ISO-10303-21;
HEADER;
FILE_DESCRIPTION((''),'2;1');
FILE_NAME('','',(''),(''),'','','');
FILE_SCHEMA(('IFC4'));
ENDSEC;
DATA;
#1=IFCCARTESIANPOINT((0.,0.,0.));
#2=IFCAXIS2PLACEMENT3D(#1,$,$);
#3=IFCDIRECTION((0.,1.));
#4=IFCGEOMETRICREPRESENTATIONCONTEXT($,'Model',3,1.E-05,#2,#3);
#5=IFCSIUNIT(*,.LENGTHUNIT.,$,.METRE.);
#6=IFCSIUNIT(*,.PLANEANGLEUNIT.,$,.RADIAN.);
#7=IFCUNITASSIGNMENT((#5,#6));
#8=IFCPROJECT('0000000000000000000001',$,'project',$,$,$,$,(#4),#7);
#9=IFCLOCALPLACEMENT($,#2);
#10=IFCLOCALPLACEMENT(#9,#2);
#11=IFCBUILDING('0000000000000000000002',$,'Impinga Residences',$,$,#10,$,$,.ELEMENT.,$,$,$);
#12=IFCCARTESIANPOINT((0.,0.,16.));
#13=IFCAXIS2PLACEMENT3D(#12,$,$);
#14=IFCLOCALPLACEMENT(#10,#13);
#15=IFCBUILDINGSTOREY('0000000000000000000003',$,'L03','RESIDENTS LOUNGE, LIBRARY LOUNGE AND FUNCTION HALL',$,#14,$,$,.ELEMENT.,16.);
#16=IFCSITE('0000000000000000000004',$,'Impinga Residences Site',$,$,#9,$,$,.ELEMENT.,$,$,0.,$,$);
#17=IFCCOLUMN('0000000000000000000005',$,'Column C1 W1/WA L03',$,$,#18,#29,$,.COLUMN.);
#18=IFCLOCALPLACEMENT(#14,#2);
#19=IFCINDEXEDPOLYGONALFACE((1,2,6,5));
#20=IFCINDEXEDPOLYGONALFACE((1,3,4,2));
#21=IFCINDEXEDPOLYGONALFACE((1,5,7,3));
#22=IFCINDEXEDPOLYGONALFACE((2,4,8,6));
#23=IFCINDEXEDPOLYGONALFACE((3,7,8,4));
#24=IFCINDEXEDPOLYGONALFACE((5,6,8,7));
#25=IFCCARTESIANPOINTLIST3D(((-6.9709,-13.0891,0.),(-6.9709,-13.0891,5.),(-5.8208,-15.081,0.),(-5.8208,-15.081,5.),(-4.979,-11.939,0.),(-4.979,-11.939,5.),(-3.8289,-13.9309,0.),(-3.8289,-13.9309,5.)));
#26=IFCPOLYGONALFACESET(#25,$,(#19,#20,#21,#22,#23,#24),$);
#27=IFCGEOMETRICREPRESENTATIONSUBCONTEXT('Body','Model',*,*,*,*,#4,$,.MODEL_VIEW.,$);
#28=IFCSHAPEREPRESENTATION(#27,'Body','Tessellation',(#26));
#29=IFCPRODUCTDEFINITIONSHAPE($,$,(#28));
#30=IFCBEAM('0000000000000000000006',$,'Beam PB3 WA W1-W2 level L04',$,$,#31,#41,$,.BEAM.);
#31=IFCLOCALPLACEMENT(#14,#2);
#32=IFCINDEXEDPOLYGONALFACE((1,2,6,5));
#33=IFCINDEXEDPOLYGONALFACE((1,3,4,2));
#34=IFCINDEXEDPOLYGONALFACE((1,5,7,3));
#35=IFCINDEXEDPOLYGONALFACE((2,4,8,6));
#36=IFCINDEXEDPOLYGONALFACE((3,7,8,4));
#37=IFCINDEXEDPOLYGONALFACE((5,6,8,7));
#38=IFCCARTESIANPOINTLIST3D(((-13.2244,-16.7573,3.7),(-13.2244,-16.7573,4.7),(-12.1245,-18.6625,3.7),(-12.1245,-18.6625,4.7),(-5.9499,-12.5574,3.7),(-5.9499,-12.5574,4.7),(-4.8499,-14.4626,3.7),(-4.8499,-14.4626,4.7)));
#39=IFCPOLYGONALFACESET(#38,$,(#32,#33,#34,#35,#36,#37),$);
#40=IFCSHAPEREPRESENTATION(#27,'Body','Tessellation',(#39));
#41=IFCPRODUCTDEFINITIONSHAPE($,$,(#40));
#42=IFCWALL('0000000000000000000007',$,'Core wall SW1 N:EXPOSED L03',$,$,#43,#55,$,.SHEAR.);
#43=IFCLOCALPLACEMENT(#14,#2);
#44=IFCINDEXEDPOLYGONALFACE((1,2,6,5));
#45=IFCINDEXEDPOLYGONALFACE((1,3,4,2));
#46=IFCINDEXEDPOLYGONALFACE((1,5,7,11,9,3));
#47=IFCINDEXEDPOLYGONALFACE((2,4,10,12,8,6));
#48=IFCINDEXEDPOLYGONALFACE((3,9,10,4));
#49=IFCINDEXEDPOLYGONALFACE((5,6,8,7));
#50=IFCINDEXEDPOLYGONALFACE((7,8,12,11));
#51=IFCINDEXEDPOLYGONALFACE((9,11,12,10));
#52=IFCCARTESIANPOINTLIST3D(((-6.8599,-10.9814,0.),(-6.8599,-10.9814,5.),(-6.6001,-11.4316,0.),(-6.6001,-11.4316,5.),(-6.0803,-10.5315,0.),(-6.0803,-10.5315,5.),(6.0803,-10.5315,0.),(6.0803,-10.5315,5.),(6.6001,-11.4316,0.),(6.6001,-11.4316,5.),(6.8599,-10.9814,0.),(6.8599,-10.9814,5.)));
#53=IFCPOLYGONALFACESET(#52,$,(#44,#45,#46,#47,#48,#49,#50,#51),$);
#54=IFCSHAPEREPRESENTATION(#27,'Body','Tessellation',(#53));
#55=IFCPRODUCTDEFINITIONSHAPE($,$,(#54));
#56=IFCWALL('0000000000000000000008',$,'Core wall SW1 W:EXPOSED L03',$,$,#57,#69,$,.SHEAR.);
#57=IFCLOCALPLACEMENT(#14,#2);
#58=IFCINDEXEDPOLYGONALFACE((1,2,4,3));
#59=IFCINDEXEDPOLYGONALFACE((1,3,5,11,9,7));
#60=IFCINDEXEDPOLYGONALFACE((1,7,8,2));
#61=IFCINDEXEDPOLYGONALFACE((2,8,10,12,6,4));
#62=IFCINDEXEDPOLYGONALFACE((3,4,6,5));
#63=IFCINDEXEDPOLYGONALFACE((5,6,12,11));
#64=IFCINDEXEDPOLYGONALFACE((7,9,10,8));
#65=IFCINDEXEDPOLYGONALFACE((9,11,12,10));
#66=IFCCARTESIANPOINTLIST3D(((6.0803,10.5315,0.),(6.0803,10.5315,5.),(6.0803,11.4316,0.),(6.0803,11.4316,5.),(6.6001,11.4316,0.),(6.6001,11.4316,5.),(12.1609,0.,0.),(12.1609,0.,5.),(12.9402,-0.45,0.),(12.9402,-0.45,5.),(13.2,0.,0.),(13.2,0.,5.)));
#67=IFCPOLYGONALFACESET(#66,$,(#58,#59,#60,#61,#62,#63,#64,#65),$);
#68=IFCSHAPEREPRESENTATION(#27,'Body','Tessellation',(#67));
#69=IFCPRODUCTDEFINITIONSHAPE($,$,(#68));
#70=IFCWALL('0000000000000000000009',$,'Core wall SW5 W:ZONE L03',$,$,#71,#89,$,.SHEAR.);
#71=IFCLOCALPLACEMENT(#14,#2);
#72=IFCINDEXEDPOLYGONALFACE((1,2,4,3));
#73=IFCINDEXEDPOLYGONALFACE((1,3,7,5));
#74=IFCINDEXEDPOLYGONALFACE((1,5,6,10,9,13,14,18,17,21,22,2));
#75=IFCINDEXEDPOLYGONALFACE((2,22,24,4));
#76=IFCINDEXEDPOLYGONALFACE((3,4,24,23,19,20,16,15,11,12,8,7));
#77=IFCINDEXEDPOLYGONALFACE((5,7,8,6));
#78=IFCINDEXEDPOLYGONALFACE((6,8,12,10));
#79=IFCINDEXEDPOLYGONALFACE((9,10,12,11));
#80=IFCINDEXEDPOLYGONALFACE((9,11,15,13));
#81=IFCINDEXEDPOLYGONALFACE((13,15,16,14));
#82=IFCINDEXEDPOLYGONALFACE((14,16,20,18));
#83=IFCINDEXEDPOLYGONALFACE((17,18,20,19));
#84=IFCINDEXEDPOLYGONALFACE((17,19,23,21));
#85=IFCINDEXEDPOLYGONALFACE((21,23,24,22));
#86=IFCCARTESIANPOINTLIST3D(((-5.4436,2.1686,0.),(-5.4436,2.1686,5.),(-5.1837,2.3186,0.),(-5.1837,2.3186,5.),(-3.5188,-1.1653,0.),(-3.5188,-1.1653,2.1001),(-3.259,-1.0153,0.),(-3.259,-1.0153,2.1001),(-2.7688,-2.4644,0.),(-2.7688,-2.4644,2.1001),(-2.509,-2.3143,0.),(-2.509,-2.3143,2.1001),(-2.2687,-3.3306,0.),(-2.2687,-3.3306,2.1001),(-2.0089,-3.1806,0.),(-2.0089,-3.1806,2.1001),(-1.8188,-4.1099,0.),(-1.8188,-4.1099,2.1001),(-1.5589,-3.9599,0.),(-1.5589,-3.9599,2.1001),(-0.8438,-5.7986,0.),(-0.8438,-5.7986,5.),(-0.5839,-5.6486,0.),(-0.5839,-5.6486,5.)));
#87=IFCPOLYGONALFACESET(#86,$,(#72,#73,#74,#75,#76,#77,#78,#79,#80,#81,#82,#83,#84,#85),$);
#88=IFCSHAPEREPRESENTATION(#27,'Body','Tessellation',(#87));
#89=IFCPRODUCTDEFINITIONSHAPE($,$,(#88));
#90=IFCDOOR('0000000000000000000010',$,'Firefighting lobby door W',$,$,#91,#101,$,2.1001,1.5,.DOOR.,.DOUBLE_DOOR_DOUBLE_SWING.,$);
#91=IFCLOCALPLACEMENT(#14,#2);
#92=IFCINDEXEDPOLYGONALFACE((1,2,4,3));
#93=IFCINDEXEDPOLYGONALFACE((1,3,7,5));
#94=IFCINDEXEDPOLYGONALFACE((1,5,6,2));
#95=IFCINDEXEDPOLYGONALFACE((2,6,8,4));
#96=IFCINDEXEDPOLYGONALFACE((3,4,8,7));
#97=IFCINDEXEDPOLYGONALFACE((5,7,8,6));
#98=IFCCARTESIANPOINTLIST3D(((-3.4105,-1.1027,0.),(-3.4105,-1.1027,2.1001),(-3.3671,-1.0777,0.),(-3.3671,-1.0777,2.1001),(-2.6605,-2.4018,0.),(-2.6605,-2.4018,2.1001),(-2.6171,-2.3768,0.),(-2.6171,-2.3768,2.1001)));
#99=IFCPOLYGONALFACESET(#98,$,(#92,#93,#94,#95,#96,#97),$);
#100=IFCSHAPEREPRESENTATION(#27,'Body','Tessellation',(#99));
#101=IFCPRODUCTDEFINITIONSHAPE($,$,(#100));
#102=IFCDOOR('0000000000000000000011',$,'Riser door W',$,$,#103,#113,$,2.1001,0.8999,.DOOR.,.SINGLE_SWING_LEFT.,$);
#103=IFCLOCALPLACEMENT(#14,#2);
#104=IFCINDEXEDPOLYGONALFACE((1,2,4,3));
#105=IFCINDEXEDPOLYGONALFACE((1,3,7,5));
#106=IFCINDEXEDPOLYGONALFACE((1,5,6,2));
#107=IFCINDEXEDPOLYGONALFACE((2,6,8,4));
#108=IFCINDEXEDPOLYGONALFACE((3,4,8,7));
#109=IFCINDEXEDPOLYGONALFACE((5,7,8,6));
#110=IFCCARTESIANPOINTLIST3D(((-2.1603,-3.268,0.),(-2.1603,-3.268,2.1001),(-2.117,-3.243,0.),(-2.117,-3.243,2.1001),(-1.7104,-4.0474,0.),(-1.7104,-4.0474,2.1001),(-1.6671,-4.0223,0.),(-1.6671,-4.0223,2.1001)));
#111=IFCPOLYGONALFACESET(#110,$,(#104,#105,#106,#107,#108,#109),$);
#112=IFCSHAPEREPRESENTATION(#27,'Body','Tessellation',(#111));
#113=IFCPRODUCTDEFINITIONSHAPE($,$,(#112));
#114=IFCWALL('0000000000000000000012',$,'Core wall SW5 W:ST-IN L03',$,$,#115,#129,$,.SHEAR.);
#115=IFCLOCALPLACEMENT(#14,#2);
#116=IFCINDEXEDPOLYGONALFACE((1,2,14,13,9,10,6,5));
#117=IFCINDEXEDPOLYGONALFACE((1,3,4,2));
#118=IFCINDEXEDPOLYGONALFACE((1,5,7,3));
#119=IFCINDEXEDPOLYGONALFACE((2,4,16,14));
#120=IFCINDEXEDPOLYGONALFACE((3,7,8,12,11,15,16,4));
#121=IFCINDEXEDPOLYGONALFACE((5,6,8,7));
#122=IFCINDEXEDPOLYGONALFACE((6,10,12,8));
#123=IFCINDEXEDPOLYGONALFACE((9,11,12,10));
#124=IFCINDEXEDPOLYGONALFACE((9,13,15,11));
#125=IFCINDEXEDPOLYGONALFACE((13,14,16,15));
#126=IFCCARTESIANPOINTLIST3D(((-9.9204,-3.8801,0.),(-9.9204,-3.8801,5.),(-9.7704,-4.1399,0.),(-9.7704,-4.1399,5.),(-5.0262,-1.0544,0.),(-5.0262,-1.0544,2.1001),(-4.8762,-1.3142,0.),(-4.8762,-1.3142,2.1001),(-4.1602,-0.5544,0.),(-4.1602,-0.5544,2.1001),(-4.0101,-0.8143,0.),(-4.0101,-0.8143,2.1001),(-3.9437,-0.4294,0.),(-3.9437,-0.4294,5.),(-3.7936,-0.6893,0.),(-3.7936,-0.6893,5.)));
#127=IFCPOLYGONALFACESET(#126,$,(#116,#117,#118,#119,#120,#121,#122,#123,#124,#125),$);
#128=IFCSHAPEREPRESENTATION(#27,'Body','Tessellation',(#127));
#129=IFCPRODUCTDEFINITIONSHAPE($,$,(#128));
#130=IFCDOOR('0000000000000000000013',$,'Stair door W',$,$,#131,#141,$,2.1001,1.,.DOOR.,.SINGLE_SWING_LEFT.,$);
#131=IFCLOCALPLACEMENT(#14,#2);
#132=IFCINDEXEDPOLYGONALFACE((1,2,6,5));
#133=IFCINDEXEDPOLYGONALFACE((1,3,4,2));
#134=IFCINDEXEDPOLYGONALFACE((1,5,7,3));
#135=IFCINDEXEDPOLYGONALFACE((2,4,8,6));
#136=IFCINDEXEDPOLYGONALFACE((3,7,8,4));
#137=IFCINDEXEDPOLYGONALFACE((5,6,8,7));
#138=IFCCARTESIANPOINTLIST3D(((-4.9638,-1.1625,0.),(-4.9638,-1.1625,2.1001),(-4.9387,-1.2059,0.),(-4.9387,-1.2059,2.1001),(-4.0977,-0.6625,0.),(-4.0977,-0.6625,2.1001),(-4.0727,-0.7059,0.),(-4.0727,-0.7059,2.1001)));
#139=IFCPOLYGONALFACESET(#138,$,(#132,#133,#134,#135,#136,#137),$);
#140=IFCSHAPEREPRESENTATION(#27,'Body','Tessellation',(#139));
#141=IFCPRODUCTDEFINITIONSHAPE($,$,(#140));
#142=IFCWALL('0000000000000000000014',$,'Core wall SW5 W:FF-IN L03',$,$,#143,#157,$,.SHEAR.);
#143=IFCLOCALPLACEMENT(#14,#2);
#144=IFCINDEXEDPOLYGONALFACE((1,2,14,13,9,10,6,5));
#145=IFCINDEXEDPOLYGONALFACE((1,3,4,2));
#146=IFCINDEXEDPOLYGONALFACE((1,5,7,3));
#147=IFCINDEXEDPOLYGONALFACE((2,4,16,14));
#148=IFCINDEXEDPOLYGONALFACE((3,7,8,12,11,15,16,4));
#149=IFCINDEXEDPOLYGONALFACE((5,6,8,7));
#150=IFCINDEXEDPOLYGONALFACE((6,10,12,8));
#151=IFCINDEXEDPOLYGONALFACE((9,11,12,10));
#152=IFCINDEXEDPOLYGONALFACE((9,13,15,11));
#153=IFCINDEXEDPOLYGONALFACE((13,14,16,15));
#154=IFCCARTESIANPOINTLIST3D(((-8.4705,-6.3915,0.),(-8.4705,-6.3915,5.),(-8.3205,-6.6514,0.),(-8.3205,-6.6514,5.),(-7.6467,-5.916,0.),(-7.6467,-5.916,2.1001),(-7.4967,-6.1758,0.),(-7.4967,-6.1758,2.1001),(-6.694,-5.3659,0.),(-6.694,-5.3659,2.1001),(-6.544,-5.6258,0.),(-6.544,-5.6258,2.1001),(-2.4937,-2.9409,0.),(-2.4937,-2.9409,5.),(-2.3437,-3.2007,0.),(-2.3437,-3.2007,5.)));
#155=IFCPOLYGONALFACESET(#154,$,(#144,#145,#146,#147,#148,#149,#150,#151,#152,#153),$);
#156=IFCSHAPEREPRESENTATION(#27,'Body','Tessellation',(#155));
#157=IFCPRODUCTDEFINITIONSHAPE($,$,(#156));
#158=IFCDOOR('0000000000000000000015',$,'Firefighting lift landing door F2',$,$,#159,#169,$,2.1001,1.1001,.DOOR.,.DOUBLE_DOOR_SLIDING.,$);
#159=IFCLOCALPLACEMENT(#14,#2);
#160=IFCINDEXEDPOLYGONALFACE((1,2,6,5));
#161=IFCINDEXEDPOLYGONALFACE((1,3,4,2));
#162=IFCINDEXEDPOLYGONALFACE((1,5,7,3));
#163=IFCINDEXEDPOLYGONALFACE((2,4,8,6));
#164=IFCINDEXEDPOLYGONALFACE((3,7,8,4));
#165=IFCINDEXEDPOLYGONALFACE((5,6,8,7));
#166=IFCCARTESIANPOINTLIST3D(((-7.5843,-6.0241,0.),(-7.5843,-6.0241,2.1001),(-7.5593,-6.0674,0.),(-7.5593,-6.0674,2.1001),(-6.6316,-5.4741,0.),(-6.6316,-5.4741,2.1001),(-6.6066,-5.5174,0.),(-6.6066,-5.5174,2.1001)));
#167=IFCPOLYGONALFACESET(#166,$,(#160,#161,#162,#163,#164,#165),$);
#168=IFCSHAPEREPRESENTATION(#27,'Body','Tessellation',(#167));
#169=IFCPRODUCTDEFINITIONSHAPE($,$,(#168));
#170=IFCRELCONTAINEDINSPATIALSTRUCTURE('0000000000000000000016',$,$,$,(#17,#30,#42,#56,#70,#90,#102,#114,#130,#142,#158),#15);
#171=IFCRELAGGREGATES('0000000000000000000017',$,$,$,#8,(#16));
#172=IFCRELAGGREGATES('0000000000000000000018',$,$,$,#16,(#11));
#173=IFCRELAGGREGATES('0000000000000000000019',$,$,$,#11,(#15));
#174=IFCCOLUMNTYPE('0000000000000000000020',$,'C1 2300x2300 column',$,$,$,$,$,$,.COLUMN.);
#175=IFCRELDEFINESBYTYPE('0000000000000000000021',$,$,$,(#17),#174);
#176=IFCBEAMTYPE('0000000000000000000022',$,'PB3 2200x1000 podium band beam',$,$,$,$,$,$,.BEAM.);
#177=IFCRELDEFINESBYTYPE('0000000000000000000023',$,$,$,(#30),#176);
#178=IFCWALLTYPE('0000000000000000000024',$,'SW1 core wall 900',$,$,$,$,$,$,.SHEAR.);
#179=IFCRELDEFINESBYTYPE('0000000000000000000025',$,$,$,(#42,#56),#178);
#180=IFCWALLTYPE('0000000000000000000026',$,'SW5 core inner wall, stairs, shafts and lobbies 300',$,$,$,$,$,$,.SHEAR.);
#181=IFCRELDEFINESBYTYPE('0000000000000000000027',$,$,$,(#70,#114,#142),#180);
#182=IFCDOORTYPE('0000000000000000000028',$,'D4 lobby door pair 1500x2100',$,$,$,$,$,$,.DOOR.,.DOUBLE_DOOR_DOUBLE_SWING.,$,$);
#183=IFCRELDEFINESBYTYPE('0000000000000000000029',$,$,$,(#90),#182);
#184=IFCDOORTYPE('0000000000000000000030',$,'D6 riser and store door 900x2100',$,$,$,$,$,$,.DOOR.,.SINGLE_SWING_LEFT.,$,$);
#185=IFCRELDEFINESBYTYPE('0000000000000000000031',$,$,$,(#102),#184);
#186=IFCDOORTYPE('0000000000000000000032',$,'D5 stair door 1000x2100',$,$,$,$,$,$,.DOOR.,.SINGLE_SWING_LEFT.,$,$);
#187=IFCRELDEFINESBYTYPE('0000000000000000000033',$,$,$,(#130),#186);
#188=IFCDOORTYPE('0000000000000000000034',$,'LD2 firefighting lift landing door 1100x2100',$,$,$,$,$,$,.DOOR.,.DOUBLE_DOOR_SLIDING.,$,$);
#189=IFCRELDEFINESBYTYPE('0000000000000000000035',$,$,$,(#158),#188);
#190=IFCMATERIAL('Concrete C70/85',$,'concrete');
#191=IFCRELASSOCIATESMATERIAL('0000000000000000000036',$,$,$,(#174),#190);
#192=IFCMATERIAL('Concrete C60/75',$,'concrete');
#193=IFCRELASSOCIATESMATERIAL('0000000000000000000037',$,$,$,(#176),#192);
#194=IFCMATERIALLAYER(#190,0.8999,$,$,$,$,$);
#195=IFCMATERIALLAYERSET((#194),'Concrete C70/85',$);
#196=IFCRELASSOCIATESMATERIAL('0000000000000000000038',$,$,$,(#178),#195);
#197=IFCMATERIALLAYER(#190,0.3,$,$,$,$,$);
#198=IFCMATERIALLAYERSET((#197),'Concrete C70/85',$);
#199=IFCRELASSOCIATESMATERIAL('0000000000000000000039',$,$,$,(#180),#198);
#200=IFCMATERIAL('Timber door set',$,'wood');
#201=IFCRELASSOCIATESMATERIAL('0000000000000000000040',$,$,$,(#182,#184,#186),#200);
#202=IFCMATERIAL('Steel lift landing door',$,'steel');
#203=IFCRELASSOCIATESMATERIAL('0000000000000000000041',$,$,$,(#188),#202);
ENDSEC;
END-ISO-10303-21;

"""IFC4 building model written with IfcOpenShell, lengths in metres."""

from ifc_helpers import new_model, si_unit, direction, frame, frame_2d, origin, origin_2d, place, context, subcontext, project, spatial, polyline, rectangle, outline, extrude, material, layer, layer_set, material_profile, profile_set, type_object, element, fill, save


model = new_model("IFC4")

# Units and contexts
model_context = context("Model", 3, precision=1e-05, world=origin(), true_north=direction((0.0, 1.0)))
body_context = subcontext(model_context, "Body", "Model", "MODEL_VIEW")
ifc_project = project(units=[si_unit("LENGTHUNIT", "METRE"), si_unit("PLANEANGLEUNIT", "RADIAN")], contexts=[model_context])

# Site, building, storey
site_placement = place(None, origin())
site = spatial("IfcSite", under=ifc_project, at=site_placement, Name="Impinga Residences Site", CompositionType="ELEMENT", RefElevation=0.0)
building_placement = place(site_placement, origin())
building = spatial("IfcBuilding", under=site, at=building_placement, Name="Impinga Residences", CompositionType="ELEMENT")
storey_placement = place(building_placement, frame((0.0, 0.0, 16.0)))
storey = spatial("IfcBuildingStorey", under=building, at=storey_placement, Name="L03", Description="RESIDENTS LOUNGE, LIBRARY LOUNGE AND FUNCTION HALL", CompositionType="ELEMENT", Elevation=16.0)

# Column
ifc_material_1 = material(Name="Concrete C70/85", Category="concrete")
ifc_material_profile_1 = material_profile(ifc_material_1, rectangle(XDim=2.3, YDim=2.3, at=origin_2d()), Name="RC 2300x2300")
ifc_profile_set_1 = profile_set([ifc_material_profile_1], Name="Concrete C70/85")
column_type = type_object("IfcColumnType", Name="C1 2300x2300 column", PredefinedType="COLUMN", material=ifc_profile_set_1)
column_placement = place(storey_placement, frame((-5.3999, -13.51, 0.0), z_axis=(0.0, 0.0, 1.0), x_axis=(-0.5, 0.866025, 0.0)))
element("IfcColumn", 1, at=column_placement, inside=storey, type_object=column_type, Name="Column C1 W1/WA L03", PredefinedType="COLUMN", context=body_context, shape_type="SweptSolid", body=[
    extrude(rectangle(XDim=2.3, YDim=2.3, at=origin_2d()), origin(), (0.0, 0.0, 1.0), 5.0),
])

# Beam
ifc_material_2 = material(Name="Concrete C60/75", Category="concrete")
ifc_material_profile_2 = material_profile(ifc_material_2, rectangle(XDim=2.2, YDim=1.0, at=origin_2d()), Name="RC 2200x1000")
ifc_profile_set_2 = profile_set([ifc_material_profile_2], Name="Concrete C60/75")
beam_type = type_object("IfcBeamType", Name="PB3 2200x1000 podium band beam", PredefinedType="BEAM", material=ifc_profile_set_2)
beam_placement = place(storey_placement, frame((-5.3999, -13.51, 4.2), z_axis=(-0.866029, -0.499993, 0.0), x_axis=(0.499993, -0.866029, 0.0)))
element("IfcBeam", 2, at=beam_placement, inside=storey, type_object=beam_type, Name="Beam PB3 WA W1-W2 level L04", PredefinedType="BEAM", context=body_context, shape_type="SweptSolid", body=[
    extrude(rectangle(XDim=2.2, YDim=1.0, at=origin_2d()), origin(), (0.0, 0.0, 1.0), 8.3999),
])

# Shared definitions
ifc_material_3 = material(Name="Timber door set", Category="wood")

# Walls
ifc_layer_1 = layer(ifc_material_1, 0.8999)
ifc_layer_set_1 = layer_set([ifc_layer_1], Name="Concrete C70/85")
wall_type_1 = type_object("IfcWallType", Name="SW1 core wall 900", PredefinedType="SHEAR", material=ifc_layer_set_1)
wall_1_placement = place(storey_placement, origin())
element("IfcWall", 3, at=wall_1_placement, inside=storey, type_object=wall_type_1, Name="Core wall SW1 N:EXPOSED L03", PredefinedType="SHEAR", context=body_context, shape_type="SweptSolid", body=[
    extrude(outline(polyline([(-6.6001, -11.4316), (6.6001, -11.4316), (6.8599, -10.9814), (6.0803, -10.5315), (-6.0803, -10.5315), (-6.8599, -10.9814), (-6.6001, -11.4316)])), origin(), (0.0, 0.0, 1.0), 5.0),
])
wall_2_placement = place(storey_placement, origin())
element("IfcWall", 4, at=wall_2_placement, inside=storey, type_object=wall_type_1, Name="Core wall SW1 W:EXPOSED L03", PredefinedType="SHEAR", context=body_context, shape_type="SweptSolid", body=[
    extrude(outline(polyline([(13.2, 0.0), (6.6001, 11.4316), (6.0803, 11.4316), (6.0803, 10.5315), (12.1609, 0.0), (12.9402, -0.45), (13.2, 0.0)])), origin(), (0.0, 0.0, 1.0), 5.0),
])

# Wall, openings, doors
ifc_layer_2 = layer(ifc_material_1, 0.3)
ifc_layer_set_2 = layer_set([ifc_layer_2], Name="Concrete C70/85")
wall_type_2 = type_object("IfcWallType", Name="SW5 core inner wall, stairs, shafts and lobbies 300", PredefinedType="SHEAR", material=ifc_layer_set_2)
wall_3_placement = place(storey_placement, frame((-0.7139, -5.7236, 0.0), z_axis=(0.0, 0.0, 1.0), x_axis=(-0.499995, 0.866028, 0.0)))
wall_3 = element("IfcWall", 5, at=wall_3_placement, inside=storey, type_object=wall_type_2, Name="Core wall SW5 W:ZONE L03", PredefinedType="SHEAR", context=body_context, shape_type="SweptSolid", body=[
    extrude(rectangle(XDim=9.1997, YDim=0.3, at=frame_2d((4.5999, 0.0))), origin(), (0.0, 0.0, 1.0), 5.0),
])
opening_1_placement = place(wall_3_placement, frame((3.8501, 0.0, 0.0)))
opening_1 = element("IfcOpeningElement", 6, at=opening_1_placement, cuts=wall_3, PredefinedType="OPENING", context=body_context, shape_type="SweptSolid", body=[
    extrude(rectangle(XDim=1.5, YDim=2.1001, at=frame_2d((0.75, 1.05))), frame((0.0, 0.1599, 0.0), z_axis=(0.0, -1.0, 0.0), x_axis=(1.0, 0.0, 0.0)), (0.0, 0.0, 1.0), 0.3201),
])
opening_2_placement = place(wall_3_placement, frame((1.95, 0.0, 0.0)))
opening_2 = element("IfcOpeningElement", 7, at=opening_2_placement, cuts=wall_3, PredefinedType="OPENING", context=body_context, shape_type="SweptSolid", body=[
    extrude(rectangle(XDim=0.8999, YDim=2.1001, at=frame_2d((0.45, 1.05))), frame((0.0, 0.1599, 0.0), z_axis=(0.0, -1.0, 0.0), x_axis=(1.0, 0.0, 0.0)), (0.0, 0.0, 1.0), 0.3201),
])
door_type_1 = type_object("IfcDoorType", Name="D4 lobby door pair 1500x2100", OperationType="DOUBLE_DOOR_DOUBLE_SWING", PredefinedType="DOOR", material=ifc_material_3)
door_1_placement = place(opening_1_placement, origin())
door_1 = element("IfcDoor", 8, at=door_1_placement, inside=storey, type_object=door_type_1, Name="Firefighting lobby door W", OperationType="DOUBLE_DOOR_DOUBLE_SWING", OverallHeight=2.1001, OverallWidth=1.5, PredefinedType="DOOR", context=body_context, shape_type="SweptSolid", body=[
    extrude(rectangle(XDim=1.5, YDim=2.1001, at=frame_2d((0.75, 1.05))), frame((0.0, 0.0249, 0.0), z_axis=(0.0, -1.0, 0.0), x_axis=(1.0, 0.0, 0.0)), (0.0, 0.0, 1.0), 0.05),
])
fill(opening_1, door_1)
door_type_2 = type_object("IfcDoorType", Name="D6 riser and store door 900x2100", OperationType="SINGLE_SWING_LEFT", PredefinedType="DOOR", material=ifc_material_3)
door_2_placement = place(opening_2_placement, origin())
door_2 = element("IfcDoor", 9, at=door_2_placement, inside=storey, type_object=door_type_2, Name="Riser door W", OperationType="SINGLE_SWING_LEFT", OverallHeight=2.1001, OverallWidth=0.8999, PredefinedType="DOOR", context=body_context, shape_type="SweptSolid", body=[
    extrude(rectangle(XDim=0.8999, YDim=2.1001, at=frame_2d((0.45, 1.05))), frame((0.0, 0.0249, 0.0), z_axis=(0.0, -1.0, 0.0), x_axis=(1.0, 0.0, 0.0)), (0.0, 0.0, 1.0), 0.05),
])
fill(opening_2, door_2)

# Walls, openings, doors
wall_4_placement = place(storey_placement, frame((-3.8687, -0.5593, 0.0), z_axis=(0.0, 0.0, 1.0), x_axis=(-0.866027, -0.499997, 0.0)))
wall_4 = element("IfcWall", 10, at=wall_4_placement, inside=storey, type_object=wall_type_2, Name="Core wall SW5 W:ST-IN L03", PredefinedType="SHEAR", context=body_context, shape_type="SweptSolid", body=[
    extrude(rectangle(XDim=6.9014, YDim=0.3, at=frame_2d((3.4507, 0.0))), origin(), (0.0, 0.0, 1.0), 5.0),
])
opening_3_placement = place(wall_4_placement, frame((0.25, 0.0, 0.0)))
opening_3 = element("IfcOpeningElement", 11, at=opening_3_placement, cuts=wall_4, PredefinedType="OPENING", context=body_context, shape_type="SweptSolid", body=[
    extrude(rectangle(XDim=1.0, YDim=2.1001, at=frame_2d((0.5, 1.05))), frame((0.0, 0.1599, 0.0), z_axis=(0.0, -1.0, 0.0), x_axis=(1.0, 0.0, 0.0)), (0.0, 0.0, 1.0), 0.3201),
])
door_type_3 = type_object("IfcDoorType", Name="D5 stair door 1000x2100", OperationType="SINGLE_SWING_LEFT", PredefinedType="DOOR", material=ifc_material_3)
door_3_placement = place(opening_3_placement, origin())
door_3 = element("IfcDoor", 12, at=door_3_placement, inside=storey, type_object=door_type_3, Name="Stair door W", OperationType="SINGLE_SWING_LEFT", OverallHeight=2.1001, OverallWidth=1.0, PredefinedType="DOOR", context=body_context, shape_type="SweptSolid", body=[
    extrude(rectangle(XDim=1.0, YDim=2.1001, at=frame_2d((0.5, 1.05))), frame((0.0, 0.0249, 0.0), z_axis=(0.0, -1.0, 0.0), x_axis=(1.0, 0.0, 0.0)), (0.0, 0.0, 1.0), 0.05),
])
fill(opening_3, door_3)
wall_5_placement = place(storey_placement, frame((-2.4187, -3.0708, 0.0), z_axis=(0.0, 0.0, 1.0), x_axis=(-0.866027, -0.499997, 0.0)))
wall_5 = element("IfcWall", 13, at=wall_5_placement, inside=storey, type_object=wall_type_2, Name="Core wall SW5 W:FF-IN L03", PredefinedType="SHEAR", context=body_context, shape_type="SweptSolid", body=[
    extrude(rectangle(XDim=6.9014, YDim=0.3, at=frame_2d((3.4507, 0.0))), origin(), (0.0, 0.0, 1.0), 5.0),
])
opening_4_placement = place(wall_5_placement, frame((4.8501, 0.0, 0.0)))
opening_4 = element("IfcOpeningElement", 14, at=opening_4_placement, cuts=wall_5, PredefinedType="OPENING", context=body_context, shape_type="SweptSolid", body=[
    extrude(rectangle(XDim=1.1001, YDim=2.1001, at=frame_2d((0.55, 1.05))), frame((0.0, 0.1599, 0.0), z_axis=(0.0, -1.0, 0.0), x_axis=(1.0, 0.0, 0.0)), (0.0, 0.0, 1.0), 0.3201),
])
ifc_material_4 = material(Name="Steel lift landing door", Category="steel")
door_type_4 = type_object("IfcDoorType", Name="LD2 firefighting lift landing door 1100x2100", OperationType="DOUBLE_DOOR_SLIDING", PredefinedType="DOOR", material=ifc_material_4)
door_4_placement = place(opening_4_placement, origin())
door_4 = element("IfcDoor", 15, at=door_4_placement, inside=storey, type_object=door_type_4, Name="Firefighting lift landing door F2", OperationType="DOUBLE_DOOR_SLIDING", OverallHeight=2.1001, OverallWidth=1.1001, PredefinedType="DOOR", context=body_context, shape_type="SweptSolid", body=[
    extrude(rectangle(XDim=1.1001, YDim=2.1001, at=frame_2d((0.55, 1.05))), frame((0.0, 0.0249, 0.0), z_axis=(0.0, -1.0, 0.0), x_axis=(1.0, 0.0, 0.0)), (0.0, 0.0, 1.0), 0.05),
])
fill(opening_4, door_4)

save(model, "model.ifc")
